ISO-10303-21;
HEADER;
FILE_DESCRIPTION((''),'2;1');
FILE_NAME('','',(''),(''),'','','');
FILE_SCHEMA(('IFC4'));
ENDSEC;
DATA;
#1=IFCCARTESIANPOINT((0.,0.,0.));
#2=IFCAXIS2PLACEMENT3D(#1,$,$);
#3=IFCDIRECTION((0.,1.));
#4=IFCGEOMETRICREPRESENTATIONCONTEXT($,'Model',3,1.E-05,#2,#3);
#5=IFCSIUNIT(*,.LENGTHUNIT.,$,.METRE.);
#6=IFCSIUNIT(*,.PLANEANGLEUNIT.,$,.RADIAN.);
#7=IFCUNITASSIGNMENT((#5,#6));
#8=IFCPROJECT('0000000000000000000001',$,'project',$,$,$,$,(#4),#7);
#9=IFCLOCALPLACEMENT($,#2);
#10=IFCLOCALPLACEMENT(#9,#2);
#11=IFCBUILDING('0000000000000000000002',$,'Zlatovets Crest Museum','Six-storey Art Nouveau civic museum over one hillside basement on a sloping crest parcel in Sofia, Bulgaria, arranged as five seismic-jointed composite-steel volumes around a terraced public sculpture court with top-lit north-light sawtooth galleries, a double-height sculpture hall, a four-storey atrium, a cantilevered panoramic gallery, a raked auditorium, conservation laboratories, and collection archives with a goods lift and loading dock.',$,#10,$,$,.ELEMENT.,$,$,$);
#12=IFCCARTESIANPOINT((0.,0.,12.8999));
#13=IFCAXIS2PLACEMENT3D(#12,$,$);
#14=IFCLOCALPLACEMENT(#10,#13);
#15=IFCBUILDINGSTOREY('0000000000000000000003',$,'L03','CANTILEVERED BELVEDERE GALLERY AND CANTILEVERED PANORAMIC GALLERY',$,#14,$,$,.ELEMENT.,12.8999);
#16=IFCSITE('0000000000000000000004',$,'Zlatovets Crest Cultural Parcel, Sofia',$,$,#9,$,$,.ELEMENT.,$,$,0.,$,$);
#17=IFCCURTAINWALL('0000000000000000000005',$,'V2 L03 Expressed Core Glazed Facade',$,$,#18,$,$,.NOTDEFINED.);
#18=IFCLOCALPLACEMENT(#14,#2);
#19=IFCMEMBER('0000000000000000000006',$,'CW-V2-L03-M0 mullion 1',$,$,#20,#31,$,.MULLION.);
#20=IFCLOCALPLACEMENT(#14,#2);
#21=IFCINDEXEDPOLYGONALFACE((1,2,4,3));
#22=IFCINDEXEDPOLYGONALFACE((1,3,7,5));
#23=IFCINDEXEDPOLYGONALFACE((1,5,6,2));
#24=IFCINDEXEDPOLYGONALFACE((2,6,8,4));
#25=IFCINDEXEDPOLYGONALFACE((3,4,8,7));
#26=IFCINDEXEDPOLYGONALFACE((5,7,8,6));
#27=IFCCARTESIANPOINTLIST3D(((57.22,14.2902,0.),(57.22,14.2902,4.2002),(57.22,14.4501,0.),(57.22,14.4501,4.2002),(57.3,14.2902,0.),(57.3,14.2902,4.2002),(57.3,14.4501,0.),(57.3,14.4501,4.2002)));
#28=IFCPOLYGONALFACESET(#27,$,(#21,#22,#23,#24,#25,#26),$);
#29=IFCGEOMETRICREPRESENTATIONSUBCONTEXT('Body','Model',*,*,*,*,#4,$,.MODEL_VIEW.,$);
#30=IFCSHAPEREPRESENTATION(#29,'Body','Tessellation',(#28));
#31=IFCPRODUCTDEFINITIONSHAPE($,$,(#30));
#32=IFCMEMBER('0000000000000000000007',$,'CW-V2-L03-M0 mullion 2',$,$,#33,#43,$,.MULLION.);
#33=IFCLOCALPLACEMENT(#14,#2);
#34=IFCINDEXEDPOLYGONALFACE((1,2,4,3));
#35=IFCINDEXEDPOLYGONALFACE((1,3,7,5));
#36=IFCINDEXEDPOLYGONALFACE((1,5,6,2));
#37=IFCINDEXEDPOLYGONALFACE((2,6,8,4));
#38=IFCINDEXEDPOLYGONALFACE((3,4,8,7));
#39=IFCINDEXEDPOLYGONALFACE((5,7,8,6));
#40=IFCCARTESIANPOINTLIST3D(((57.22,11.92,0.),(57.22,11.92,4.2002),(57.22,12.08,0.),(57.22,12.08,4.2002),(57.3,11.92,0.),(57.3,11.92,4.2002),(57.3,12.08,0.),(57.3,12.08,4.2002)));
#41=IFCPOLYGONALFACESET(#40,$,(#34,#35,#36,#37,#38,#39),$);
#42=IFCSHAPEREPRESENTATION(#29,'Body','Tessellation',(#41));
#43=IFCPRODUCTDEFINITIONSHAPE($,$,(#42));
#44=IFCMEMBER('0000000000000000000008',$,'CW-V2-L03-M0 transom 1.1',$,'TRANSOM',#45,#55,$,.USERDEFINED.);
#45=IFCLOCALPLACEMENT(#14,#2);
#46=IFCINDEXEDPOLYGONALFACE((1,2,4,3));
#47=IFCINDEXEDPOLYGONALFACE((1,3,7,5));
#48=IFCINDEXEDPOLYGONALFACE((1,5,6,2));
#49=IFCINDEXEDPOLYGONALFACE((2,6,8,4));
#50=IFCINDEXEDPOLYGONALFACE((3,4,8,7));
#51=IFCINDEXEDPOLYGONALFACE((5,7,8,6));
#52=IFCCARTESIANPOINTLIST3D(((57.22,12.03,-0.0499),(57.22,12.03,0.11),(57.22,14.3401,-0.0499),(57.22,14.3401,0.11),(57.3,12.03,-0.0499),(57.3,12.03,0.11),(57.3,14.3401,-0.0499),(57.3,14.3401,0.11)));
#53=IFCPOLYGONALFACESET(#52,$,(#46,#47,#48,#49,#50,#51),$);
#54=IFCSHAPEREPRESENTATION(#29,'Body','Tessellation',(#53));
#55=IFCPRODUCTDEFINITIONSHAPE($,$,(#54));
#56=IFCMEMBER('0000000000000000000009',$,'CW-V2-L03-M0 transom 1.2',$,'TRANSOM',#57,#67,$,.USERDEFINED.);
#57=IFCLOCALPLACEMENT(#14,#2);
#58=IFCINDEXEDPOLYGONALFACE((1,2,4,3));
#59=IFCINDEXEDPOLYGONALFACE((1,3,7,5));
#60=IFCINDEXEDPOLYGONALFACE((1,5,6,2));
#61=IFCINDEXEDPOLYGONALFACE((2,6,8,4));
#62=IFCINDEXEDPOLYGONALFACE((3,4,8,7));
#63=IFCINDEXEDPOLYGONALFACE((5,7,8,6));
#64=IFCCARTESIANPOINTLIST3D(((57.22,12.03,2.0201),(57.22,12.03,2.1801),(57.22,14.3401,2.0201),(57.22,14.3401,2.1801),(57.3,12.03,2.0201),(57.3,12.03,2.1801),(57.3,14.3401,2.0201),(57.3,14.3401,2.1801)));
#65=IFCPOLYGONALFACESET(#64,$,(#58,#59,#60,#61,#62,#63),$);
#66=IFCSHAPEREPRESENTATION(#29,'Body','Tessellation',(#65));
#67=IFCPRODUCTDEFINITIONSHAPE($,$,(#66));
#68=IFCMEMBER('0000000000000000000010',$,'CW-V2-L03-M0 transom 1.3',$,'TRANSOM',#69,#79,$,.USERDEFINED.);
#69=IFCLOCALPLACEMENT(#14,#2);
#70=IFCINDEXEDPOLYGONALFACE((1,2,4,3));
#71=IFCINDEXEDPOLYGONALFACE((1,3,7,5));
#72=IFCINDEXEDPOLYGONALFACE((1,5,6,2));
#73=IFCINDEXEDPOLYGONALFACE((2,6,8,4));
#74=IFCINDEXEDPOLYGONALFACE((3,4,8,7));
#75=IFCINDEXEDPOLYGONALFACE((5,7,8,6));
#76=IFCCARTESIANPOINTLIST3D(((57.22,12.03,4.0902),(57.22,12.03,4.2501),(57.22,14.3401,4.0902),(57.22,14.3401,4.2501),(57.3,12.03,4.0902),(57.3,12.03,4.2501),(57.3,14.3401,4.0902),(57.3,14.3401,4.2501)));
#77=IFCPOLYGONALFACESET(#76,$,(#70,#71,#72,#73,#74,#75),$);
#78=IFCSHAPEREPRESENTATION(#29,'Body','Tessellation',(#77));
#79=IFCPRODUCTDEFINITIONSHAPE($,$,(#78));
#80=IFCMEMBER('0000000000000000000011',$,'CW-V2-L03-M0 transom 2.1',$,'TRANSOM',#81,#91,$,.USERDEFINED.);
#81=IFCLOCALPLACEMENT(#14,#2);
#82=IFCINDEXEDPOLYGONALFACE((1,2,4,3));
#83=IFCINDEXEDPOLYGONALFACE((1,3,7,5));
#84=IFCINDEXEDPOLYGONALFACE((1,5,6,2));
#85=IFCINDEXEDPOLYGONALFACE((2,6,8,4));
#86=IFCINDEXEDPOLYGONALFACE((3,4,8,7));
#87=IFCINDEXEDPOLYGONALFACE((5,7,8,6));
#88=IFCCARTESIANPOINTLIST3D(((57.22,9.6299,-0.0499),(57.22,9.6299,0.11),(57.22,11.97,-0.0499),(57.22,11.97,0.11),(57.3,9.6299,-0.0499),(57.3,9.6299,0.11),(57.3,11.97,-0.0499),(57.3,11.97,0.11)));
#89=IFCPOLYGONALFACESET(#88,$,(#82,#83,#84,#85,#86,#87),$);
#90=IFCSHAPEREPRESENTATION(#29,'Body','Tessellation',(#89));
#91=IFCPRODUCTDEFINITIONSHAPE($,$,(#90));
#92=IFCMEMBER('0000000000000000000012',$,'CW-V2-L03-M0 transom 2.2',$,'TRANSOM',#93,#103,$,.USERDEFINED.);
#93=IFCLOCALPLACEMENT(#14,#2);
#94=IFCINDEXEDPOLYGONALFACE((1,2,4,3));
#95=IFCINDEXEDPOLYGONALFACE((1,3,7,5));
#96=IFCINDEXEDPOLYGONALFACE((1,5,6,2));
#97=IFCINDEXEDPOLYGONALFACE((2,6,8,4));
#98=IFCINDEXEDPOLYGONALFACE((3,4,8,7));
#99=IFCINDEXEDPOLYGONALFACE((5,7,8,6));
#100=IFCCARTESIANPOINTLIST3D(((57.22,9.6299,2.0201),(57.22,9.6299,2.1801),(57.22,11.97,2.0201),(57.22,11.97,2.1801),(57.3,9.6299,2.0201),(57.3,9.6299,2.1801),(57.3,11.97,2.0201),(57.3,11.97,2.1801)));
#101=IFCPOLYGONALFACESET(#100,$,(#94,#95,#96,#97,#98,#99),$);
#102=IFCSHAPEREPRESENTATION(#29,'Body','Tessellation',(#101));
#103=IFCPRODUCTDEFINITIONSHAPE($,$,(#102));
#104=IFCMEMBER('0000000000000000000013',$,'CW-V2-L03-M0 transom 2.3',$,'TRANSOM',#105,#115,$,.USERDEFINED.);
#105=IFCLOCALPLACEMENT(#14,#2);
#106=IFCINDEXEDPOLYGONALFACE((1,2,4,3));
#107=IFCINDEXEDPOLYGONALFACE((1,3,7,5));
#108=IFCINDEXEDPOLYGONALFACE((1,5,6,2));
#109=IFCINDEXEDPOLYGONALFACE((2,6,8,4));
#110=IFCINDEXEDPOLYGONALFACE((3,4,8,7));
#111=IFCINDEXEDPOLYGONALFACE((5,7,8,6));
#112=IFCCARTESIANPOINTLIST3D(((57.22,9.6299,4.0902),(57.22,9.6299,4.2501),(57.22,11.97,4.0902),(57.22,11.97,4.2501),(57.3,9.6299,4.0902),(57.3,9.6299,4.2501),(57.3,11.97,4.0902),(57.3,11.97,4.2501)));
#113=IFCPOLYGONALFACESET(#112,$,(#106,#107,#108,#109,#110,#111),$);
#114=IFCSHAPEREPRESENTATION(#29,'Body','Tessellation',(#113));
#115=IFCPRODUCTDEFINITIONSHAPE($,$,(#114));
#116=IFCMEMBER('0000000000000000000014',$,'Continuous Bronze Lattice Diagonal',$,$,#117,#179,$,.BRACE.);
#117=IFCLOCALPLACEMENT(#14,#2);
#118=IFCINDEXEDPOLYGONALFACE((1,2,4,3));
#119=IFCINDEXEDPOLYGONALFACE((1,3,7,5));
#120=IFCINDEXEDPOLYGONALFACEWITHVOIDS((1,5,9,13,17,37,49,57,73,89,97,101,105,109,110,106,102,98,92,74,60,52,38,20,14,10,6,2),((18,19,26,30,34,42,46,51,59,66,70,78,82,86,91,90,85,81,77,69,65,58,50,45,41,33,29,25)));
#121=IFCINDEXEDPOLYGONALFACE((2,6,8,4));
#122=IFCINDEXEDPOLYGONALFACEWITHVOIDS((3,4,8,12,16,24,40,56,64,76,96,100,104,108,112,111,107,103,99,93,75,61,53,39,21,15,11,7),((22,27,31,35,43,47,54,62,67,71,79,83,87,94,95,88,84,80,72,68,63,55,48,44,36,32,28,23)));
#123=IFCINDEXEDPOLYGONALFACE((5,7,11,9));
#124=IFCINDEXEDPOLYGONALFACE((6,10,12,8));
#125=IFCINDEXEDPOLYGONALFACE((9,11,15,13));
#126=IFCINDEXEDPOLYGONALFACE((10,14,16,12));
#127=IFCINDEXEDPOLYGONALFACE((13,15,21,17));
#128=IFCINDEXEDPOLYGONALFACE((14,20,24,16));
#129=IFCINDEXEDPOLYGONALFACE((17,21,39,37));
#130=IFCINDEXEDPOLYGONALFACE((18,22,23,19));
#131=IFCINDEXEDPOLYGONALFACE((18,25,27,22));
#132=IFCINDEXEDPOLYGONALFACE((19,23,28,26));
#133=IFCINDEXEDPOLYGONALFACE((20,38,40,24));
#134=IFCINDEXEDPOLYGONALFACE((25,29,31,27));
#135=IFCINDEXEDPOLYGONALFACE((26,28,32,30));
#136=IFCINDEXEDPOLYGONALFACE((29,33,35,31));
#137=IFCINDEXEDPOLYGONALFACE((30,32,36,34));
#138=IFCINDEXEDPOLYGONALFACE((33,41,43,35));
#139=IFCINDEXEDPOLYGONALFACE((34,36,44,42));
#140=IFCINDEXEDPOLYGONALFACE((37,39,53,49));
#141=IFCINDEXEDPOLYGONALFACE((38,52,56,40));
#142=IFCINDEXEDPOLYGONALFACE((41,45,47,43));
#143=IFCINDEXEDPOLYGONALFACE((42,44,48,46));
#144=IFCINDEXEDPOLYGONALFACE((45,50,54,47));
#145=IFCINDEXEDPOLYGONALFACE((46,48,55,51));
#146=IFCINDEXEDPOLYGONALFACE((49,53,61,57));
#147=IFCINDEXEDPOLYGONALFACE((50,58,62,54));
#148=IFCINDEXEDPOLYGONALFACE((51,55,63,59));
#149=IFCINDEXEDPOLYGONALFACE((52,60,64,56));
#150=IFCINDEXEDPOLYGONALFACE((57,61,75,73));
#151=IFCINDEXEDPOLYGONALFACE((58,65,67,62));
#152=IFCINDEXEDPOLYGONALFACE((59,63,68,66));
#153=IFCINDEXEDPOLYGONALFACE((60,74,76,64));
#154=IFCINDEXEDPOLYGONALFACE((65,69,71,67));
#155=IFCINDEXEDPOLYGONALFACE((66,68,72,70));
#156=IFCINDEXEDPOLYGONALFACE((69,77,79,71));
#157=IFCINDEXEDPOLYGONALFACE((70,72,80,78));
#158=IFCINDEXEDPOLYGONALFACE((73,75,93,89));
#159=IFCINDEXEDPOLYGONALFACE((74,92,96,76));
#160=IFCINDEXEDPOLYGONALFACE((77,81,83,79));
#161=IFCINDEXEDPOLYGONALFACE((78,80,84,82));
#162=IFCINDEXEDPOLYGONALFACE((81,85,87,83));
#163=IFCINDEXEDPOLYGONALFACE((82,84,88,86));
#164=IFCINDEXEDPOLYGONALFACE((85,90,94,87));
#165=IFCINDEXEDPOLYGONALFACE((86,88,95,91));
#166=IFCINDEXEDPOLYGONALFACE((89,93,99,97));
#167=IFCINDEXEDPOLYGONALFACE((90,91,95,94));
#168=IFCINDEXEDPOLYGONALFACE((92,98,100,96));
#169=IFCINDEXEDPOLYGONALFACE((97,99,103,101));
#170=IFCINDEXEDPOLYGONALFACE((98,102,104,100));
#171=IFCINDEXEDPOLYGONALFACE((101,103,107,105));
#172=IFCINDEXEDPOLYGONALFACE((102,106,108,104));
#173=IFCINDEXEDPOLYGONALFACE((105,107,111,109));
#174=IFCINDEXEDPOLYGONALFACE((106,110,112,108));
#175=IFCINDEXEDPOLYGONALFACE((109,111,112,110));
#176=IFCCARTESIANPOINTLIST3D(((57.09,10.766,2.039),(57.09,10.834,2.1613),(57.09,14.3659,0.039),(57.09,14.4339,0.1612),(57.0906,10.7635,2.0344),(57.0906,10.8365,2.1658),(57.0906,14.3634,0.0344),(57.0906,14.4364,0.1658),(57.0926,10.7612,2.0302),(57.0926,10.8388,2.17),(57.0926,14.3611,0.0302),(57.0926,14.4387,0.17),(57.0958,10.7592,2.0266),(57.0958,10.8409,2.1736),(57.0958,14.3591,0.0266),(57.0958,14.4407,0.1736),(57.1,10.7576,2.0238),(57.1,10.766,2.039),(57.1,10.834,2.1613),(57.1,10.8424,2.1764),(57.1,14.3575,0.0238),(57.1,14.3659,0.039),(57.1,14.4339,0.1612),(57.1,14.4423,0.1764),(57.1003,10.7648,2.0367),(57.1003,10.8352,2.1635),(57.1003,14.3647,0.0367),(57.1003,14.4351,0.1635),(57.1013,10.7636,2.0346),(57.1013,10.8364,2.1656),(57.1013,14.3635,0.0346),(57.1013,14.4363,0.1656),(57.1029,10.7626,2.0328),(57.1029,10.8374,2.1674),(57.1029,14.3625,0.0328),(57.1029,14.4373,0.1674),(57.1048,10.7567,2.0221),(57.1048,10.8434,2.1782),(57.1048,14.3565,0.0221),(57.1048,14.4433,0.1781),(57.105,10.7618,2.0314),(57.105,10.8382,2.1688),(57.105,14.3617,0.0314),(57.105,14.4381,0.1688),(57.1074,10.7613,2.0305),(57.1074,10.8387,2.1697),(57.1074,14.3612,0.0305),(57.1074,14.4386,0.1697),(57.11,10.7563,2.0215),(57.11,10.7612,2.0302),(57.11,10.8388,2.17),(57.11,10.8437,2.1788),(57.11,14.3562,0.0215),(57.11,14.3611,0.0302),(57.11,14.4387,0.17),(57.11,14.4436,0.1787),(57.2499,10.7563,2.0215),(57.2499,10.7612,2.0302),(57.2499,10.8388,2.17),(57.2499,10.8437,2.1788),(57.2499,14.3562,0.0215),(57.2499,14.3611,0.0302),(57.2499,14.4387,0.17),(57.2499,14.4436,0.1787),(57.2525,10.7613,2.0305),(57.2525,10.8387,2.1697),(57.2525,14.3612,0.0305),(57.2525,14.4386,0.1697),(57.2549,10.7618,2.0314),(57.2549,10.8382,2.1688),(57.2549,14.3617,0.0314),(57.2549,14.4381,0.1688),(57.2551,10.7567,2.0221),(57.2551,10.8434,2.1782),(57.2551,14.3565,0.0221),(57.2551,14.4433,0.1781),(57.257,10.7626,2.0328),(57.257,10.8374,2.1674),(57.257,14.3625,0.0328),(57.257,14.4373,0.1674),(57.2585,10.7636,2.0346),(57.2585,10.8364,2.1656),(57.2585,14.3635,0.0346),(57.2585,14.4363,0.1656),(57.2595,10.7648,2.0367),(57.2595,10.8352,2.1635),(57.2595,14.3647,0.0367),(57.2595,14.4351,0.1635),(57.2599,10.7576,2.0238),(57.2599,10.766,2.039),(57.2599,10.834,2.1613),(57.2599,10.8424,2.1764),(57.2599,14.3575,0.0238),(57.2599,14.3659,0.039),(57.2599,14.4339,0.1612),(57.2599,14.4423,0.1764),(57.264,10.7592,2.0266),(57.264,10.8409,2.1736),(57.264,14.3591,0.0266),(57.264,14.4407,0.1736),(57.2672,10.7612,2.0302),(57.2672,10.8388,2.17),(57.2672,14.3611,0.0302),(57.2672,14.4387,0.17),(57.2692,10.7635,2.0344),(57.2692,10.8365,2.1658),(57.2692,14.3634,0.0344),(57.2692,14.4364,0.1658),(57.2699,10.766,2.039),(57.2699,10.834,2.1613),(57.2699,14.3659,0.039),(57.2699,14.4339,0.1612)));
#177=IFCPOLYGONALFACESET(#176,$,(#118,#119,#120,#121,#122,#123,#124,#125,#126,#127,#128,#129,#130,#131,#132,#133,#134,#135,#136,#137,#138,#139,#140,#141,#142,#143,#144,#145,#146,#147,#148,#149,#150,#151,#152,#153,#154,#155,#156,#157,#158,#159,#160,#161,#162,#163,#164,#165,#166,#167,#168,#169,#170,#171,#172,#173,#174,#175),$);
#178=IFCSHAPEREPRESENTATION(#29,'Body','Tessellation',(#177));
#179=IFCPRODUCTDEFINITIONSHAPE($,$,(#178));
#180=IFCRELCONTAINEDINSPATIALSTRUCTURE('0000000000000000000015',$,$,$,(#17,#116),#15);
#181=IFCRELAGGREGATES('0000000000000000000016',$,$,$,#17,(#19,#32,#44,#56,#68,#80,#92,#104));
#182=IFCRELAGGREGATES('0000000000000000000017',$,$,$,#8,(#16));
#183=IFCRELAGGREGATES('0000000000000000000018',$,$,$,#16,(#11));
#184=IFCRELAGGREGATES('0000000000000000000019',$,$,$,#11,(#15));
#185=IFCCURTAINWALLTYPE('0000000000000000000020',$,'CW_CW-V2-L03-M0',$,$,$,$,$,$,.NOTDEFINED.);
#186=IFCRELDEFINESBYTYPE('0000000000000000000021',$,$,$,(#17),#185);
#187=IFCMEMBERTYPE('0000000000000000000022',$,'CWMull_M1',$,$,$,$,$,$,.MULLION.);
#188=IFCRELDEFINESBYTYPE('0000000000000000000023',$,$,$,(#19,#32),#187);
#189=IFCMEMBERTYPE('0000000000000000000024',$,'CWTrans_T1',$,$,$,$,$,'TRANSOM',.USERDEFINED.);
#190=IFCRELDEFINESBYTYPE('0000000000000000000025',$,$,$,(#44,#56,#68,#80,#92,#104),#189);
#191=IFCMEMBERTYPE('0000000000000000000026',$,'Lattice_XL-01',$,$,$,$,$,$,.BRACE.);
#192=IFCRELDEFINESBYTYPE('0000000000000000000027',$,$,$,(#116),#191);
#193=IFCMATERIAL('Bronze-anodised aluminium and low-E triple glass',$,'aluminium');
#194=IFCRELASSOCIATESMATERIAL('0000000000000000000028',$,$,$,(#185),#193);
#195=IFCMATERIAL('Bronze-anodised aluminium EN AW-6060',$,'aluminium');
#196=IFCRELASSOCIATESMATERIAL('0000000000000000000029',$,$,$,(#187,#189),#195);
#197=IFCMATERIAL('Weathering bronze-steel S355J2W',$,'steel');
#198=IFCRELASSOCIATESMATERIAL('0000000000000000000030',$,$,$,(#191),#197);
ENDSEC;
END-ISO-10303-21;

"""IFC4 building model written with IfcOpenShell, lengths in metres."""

from ifc_helpers import new_model, si_unit, direction, frame, origin, origin_2d, place, context, subcontext, project, spatial, rectangle, hollow_rectangle, extrude, material, material_profile, profile_set, type_object, element, aggregate, save


model = new_model("IFC4")

# Units and contexts
model_context = context("Model", 3, precision=1e-05, world=origin(), true_north=direction((0.0, 1.0)))
body_context = subcontext(model_context, "Body", "Model", "MODEL_VIEW")
ifc_project = project(units=[si_unit("LENGTHUNIT", "METRE"), si_unit("PLANEANGLEUNIT", "RADIAN")], contexts=[model_context])

# Site, building, storey
site_placement = place(None, origin())
site = spatial("IfcSite", under=ifc_project, at=site_placement, Name="Zlatovets Crest Cultural Parcel, Sofia", CompositionType="ELEMENT", RefElevation=0.0)
building_placement = place(site_placement, origin())
building = spatial("IfcBuilding", under=site, at=building_placement, Name="Zlatovets Crest Museum", Description="Six-storey Art Nouveau civic museum over one hillside basement on a sloping crest parcel in Sofia, Bulgaria, arranged as five seismic-jointed composite-steel volumes around a terraced public sculpture court with top-lit north-light sawtooth galleries, a double-height sculpture hall, a four-storey atrium, a cantilevered panoramic gallery, a raked auditorium, conservation laboratories, and collection archives with a goods lift and loading dock.", CompositionType="ELEMENT")
storey_placement = place(building_placement, frame((0.0, 0.0, 12.8999)))
storey = spatial("IfcBuildingStorey", under=building, at=storey_placement, Name="L03", Description="CANTILEVERED BELVEDERE GALLERY AND CANTILEVERED PANORAMIC GALLERY", CompositionType="ELEMENT", Elevation=12.8999)

# Curtain wall, members
ifc_material_1 = material(Name="Bronze-anodised aluminium and low-E triple glass", Category="aluminium")
curtain_wall_type = type_object("IfcCurtainWallType", Name="CW_CW-V2-L03-M0", PredefinedType="NOTDEFINED", material=ifc_material_1)
curtain_wall_placement = place(storey_placement, origin())
curtain_wall = element("IfcCurtainWall", 1, at=curtain_wall_placement, inside=storey, type_object=curtain_wall_type, Name="V2 L03 Expressed Core Glazed Facade", PredefinedType="NOTDEFINED")
ifc_material_2 = material(Name="Bronze-anodised aluminium EN AW-6060", Category="aluminium")
ifc_material_profile_1 = material_profile(ifc_material_2, rectangle(XDim=0.0801, YDim=0.1599, at=origin_2d()), Name="ALU 80x160")
ifc_profile_set_1 = profile_set([ifc_material_profile_1], Name="Bronze-anodised aluminium EN AW-6060")
member_type_1 = type_object("IfcMemberType", Name="CWMull_M1", PredefinedType="MULLION", material=ifc_profile_set_1)
member_1_placement = place(storey_placement, frame((57.26, 14.3701, 0.0), z_axis=(0.0, 0.0, 1.0), x_axis=(1.0, 0.0, 0.0)))
member_1 = element("IfcMember", 2, at=member_1_placement, type_object=member_type_1, Name="CW-V2-L03-M0 mullion 1", PredefinedType="MULLION", context=body_context, shape_type="SweptSolid", body=[
    extrude(rectangle(XDim=0.0801, YDim=0.1599, at=origin_2d()), origin(), (0.0, 0.0, 1.0), 4.2002),
])
member_2_placement = place(storey_placement, frame((57.26, 12.0, 0.0), z_axis=(0.0, 0.0, 1.0), x_axis=(1.0, 0.0, 0.0)))
member_2 = element("IfcMember", 3, at=member_2_placement, type_object=member_type_1, Name="CW-V2-L03-M0 mullion 2", PredefinedType="MULLION", context=body_context, shape_type="SweptSolid", body=[
    extrude(rectangle(XDim=0.0801, YDim=0.1599, at=origin_2d()), origin(), (0.0, 0.0, 1.0), 4.2002),
])
ifc_material_profile_2 = material_profile(ifc_material_2, rectangle(XDim=0.0801, YDim=0.1599, at=origin_2d()), Name="ALU 80x160")
ifc_profile_set_2 = profile_set([ifc_material_profile_2], Name="Bronze-anodised aluminium EN AW-6060")
member_type_2 = type_object("IfcMemberType", Name="CWTrans_T1", ElementType="TRANSOM", PredefinedType="USERDEFINED", material=ifc_profile_set_2)
member_3_placement = place(storey_placement, frame((57.26, 14.3401, 0.03), z_axis=(0.0, -1.0, 0.0), x_axis=(1.0, 0.0, 0.0)))
member_3 = element("IfcMember", 4, at=member_3_placement, type_object=member_type_2, Name="CW-V2-L03-M0 transom 1.1", ObjectType="TRANSOM", PredefinedType="USERDEFINED", context=body_context, shape_type="SweptSolid", body=[
    extrude(rectangle(XDim=0.0801, YDim=0.1599, at=origin_2d()), origin(), (0.0, 0.0, 1.0), 2.3101),
])
member_4_placement = place(storey_placement, frame((57.26, 14.3401, 2.1001), z_axis=(0.0, -1.0, 0.0), x_axis=(1.0, 0.0, 0.0)))
member_4 = element("IfcMember", 5, at=member_4_placement, type_object=member_type_2, Name="CW-V2-L03-M0 transom 1.2", ObjectType="TRANSOM", PredefinedType="USERDEFINED", context=body_context, shape_type="SweptSolid", body=[
    extrude(rectangle(XDim=0.0801, YDim=0.1599, at=origin_2d()), origin(), (0.0, 0.0, 1.0), 2.3101),
])
member_5_placement = place(storey_placement, frame((57.26, 14.3401, 4.1702), z_axis=(0.0, -1.0, 0.0), x_axis=(1.0, 0.0, 0.0)))
member_5 = element("IfcMember", 6, at=member_5_placement, type_object=member_type_2, Name="CW-V2-L03-M0 transom 1.3", ObjectType="TRANSOM", PredefinedType="USERDEFINED", context=body_context, shape_type="SweptSolid", body=[
    extrude(rectangle(XDim=0.0801, YDim=0.1599, at=origin_2d()), origin(), (0.0, 0.0, 1.0), 2.3101),
])
member_6_placement = place(storey_placement, frame((57.26, 11.97, 0.03), z_axis=(0.0, -1.0, 0.0), x_axis=(1.0, 0.0, 0.0)))
member_6 = element("IfcMember", 7, at=member_6_placement, type_object=member_type_2, Name="CW-V2-L03-M0 transom 2.1", ObjectType="TRANSOM", PredefinedType="USERDEFINED", context=body_context, shape_type="SweptSolid", body=[
    extrude(rectangle(XDim=0.0801, YDim=0.1599, at=origin_2d()), origin(), (0.0, 0.0, 1.0), 2.3401),
])
member_7_placement = place(storey_placement, frame((57.26, 11.97, 2.1001), z_axis=(0.0, -1.0, 0.0), x_axis=(1.0, 0.0, 0.0)))
member_7 = element("IfcMember", 8, at=member_7_placement, type_object=member_type_2, Name="CW-V2-L03-M0 transom 2.2", ObjectType="TRANSOM", PredefinedType="USERDEFINED", context=body_context, shape_type="SweptSolid", body=[
    extrude(rectangle(XDim=0.0801, YDim=0.1599, at=origin_2d()), origin(), (0.0, 0.0, 1.0), 2.3401),
])
member_8_placement = place(storey_placement, frame((57.26, 11.97, 4.1702), z_axis=(0.0, -1.0, 0.0), x_axis=(1.0, 0.0, 0.0)))
member_8 = element("IfcMember", 9, at=member_8_placement, type_object=member_type_2, Name="CW-V2-L03-M0 transom 2.3", ObjectType="TRANSOM", PredefinedType="USERDEFINED", context=body_context, shape_type="SweptSolid", body=[
    extrude(rectangle(XDim=0.0801, YDim=0.1599, at=origin_2d()), origin(), (0.0, 0.0, 1.0), 2.3401),
])

# Member
ifc_material_3 = material(Name="Weathering bronze-steel S355J2W", Category="steel")
ifc_material_profile_3 = material_profile(ifc_material_3, hollow_rectangle(XDim=0.1799, YDim=0.1799, WallThickness=0.01, InnerFilletRadius=0.01, OuterFilletRadius=0.02, at=origin_2d()), Name="SHS 180x180x10.0")
ifc_profile_set_3 = profile_set([ifc_material_profile_3], Name="Weathering bronze-steel S355J2W")
member_type_3 = type_object("IfcMemberType", Name="Lattice_XL-01", PredefinedType="BRACE", material=ifc_profile_set_3)
member_9_placement = place(storey_placement, frame((57.1799, 14.3999, 0.1001), z_axis=(0.0, -0.874149, 0.485658), x_axis=(1.0, 0.0, 0.0)))
element("IfcMember", 10, at=member_9_placement, inside=storey, type_object=member_type_3, Name="Continuous Bronze Lattice Diagonal", PredefinedType="BRACE", context=body_context, shape_type="SweptSolid", body=[
    extrude(hollow_rectangle(XDim=0.1799, YDim=0.1799, WallThickness=0.01, InnerFilletRadius=0.01, OuterFilletRadius=0.02, at=origin_2d()), origin(), (0.0, 0.0, 1.0), 4.1182),
])

aggregate(curtain_wall, [member_1, member_2, member_3, member_4, member_5, member_6, member_7, member_8])

save(model, "model.ifc")
